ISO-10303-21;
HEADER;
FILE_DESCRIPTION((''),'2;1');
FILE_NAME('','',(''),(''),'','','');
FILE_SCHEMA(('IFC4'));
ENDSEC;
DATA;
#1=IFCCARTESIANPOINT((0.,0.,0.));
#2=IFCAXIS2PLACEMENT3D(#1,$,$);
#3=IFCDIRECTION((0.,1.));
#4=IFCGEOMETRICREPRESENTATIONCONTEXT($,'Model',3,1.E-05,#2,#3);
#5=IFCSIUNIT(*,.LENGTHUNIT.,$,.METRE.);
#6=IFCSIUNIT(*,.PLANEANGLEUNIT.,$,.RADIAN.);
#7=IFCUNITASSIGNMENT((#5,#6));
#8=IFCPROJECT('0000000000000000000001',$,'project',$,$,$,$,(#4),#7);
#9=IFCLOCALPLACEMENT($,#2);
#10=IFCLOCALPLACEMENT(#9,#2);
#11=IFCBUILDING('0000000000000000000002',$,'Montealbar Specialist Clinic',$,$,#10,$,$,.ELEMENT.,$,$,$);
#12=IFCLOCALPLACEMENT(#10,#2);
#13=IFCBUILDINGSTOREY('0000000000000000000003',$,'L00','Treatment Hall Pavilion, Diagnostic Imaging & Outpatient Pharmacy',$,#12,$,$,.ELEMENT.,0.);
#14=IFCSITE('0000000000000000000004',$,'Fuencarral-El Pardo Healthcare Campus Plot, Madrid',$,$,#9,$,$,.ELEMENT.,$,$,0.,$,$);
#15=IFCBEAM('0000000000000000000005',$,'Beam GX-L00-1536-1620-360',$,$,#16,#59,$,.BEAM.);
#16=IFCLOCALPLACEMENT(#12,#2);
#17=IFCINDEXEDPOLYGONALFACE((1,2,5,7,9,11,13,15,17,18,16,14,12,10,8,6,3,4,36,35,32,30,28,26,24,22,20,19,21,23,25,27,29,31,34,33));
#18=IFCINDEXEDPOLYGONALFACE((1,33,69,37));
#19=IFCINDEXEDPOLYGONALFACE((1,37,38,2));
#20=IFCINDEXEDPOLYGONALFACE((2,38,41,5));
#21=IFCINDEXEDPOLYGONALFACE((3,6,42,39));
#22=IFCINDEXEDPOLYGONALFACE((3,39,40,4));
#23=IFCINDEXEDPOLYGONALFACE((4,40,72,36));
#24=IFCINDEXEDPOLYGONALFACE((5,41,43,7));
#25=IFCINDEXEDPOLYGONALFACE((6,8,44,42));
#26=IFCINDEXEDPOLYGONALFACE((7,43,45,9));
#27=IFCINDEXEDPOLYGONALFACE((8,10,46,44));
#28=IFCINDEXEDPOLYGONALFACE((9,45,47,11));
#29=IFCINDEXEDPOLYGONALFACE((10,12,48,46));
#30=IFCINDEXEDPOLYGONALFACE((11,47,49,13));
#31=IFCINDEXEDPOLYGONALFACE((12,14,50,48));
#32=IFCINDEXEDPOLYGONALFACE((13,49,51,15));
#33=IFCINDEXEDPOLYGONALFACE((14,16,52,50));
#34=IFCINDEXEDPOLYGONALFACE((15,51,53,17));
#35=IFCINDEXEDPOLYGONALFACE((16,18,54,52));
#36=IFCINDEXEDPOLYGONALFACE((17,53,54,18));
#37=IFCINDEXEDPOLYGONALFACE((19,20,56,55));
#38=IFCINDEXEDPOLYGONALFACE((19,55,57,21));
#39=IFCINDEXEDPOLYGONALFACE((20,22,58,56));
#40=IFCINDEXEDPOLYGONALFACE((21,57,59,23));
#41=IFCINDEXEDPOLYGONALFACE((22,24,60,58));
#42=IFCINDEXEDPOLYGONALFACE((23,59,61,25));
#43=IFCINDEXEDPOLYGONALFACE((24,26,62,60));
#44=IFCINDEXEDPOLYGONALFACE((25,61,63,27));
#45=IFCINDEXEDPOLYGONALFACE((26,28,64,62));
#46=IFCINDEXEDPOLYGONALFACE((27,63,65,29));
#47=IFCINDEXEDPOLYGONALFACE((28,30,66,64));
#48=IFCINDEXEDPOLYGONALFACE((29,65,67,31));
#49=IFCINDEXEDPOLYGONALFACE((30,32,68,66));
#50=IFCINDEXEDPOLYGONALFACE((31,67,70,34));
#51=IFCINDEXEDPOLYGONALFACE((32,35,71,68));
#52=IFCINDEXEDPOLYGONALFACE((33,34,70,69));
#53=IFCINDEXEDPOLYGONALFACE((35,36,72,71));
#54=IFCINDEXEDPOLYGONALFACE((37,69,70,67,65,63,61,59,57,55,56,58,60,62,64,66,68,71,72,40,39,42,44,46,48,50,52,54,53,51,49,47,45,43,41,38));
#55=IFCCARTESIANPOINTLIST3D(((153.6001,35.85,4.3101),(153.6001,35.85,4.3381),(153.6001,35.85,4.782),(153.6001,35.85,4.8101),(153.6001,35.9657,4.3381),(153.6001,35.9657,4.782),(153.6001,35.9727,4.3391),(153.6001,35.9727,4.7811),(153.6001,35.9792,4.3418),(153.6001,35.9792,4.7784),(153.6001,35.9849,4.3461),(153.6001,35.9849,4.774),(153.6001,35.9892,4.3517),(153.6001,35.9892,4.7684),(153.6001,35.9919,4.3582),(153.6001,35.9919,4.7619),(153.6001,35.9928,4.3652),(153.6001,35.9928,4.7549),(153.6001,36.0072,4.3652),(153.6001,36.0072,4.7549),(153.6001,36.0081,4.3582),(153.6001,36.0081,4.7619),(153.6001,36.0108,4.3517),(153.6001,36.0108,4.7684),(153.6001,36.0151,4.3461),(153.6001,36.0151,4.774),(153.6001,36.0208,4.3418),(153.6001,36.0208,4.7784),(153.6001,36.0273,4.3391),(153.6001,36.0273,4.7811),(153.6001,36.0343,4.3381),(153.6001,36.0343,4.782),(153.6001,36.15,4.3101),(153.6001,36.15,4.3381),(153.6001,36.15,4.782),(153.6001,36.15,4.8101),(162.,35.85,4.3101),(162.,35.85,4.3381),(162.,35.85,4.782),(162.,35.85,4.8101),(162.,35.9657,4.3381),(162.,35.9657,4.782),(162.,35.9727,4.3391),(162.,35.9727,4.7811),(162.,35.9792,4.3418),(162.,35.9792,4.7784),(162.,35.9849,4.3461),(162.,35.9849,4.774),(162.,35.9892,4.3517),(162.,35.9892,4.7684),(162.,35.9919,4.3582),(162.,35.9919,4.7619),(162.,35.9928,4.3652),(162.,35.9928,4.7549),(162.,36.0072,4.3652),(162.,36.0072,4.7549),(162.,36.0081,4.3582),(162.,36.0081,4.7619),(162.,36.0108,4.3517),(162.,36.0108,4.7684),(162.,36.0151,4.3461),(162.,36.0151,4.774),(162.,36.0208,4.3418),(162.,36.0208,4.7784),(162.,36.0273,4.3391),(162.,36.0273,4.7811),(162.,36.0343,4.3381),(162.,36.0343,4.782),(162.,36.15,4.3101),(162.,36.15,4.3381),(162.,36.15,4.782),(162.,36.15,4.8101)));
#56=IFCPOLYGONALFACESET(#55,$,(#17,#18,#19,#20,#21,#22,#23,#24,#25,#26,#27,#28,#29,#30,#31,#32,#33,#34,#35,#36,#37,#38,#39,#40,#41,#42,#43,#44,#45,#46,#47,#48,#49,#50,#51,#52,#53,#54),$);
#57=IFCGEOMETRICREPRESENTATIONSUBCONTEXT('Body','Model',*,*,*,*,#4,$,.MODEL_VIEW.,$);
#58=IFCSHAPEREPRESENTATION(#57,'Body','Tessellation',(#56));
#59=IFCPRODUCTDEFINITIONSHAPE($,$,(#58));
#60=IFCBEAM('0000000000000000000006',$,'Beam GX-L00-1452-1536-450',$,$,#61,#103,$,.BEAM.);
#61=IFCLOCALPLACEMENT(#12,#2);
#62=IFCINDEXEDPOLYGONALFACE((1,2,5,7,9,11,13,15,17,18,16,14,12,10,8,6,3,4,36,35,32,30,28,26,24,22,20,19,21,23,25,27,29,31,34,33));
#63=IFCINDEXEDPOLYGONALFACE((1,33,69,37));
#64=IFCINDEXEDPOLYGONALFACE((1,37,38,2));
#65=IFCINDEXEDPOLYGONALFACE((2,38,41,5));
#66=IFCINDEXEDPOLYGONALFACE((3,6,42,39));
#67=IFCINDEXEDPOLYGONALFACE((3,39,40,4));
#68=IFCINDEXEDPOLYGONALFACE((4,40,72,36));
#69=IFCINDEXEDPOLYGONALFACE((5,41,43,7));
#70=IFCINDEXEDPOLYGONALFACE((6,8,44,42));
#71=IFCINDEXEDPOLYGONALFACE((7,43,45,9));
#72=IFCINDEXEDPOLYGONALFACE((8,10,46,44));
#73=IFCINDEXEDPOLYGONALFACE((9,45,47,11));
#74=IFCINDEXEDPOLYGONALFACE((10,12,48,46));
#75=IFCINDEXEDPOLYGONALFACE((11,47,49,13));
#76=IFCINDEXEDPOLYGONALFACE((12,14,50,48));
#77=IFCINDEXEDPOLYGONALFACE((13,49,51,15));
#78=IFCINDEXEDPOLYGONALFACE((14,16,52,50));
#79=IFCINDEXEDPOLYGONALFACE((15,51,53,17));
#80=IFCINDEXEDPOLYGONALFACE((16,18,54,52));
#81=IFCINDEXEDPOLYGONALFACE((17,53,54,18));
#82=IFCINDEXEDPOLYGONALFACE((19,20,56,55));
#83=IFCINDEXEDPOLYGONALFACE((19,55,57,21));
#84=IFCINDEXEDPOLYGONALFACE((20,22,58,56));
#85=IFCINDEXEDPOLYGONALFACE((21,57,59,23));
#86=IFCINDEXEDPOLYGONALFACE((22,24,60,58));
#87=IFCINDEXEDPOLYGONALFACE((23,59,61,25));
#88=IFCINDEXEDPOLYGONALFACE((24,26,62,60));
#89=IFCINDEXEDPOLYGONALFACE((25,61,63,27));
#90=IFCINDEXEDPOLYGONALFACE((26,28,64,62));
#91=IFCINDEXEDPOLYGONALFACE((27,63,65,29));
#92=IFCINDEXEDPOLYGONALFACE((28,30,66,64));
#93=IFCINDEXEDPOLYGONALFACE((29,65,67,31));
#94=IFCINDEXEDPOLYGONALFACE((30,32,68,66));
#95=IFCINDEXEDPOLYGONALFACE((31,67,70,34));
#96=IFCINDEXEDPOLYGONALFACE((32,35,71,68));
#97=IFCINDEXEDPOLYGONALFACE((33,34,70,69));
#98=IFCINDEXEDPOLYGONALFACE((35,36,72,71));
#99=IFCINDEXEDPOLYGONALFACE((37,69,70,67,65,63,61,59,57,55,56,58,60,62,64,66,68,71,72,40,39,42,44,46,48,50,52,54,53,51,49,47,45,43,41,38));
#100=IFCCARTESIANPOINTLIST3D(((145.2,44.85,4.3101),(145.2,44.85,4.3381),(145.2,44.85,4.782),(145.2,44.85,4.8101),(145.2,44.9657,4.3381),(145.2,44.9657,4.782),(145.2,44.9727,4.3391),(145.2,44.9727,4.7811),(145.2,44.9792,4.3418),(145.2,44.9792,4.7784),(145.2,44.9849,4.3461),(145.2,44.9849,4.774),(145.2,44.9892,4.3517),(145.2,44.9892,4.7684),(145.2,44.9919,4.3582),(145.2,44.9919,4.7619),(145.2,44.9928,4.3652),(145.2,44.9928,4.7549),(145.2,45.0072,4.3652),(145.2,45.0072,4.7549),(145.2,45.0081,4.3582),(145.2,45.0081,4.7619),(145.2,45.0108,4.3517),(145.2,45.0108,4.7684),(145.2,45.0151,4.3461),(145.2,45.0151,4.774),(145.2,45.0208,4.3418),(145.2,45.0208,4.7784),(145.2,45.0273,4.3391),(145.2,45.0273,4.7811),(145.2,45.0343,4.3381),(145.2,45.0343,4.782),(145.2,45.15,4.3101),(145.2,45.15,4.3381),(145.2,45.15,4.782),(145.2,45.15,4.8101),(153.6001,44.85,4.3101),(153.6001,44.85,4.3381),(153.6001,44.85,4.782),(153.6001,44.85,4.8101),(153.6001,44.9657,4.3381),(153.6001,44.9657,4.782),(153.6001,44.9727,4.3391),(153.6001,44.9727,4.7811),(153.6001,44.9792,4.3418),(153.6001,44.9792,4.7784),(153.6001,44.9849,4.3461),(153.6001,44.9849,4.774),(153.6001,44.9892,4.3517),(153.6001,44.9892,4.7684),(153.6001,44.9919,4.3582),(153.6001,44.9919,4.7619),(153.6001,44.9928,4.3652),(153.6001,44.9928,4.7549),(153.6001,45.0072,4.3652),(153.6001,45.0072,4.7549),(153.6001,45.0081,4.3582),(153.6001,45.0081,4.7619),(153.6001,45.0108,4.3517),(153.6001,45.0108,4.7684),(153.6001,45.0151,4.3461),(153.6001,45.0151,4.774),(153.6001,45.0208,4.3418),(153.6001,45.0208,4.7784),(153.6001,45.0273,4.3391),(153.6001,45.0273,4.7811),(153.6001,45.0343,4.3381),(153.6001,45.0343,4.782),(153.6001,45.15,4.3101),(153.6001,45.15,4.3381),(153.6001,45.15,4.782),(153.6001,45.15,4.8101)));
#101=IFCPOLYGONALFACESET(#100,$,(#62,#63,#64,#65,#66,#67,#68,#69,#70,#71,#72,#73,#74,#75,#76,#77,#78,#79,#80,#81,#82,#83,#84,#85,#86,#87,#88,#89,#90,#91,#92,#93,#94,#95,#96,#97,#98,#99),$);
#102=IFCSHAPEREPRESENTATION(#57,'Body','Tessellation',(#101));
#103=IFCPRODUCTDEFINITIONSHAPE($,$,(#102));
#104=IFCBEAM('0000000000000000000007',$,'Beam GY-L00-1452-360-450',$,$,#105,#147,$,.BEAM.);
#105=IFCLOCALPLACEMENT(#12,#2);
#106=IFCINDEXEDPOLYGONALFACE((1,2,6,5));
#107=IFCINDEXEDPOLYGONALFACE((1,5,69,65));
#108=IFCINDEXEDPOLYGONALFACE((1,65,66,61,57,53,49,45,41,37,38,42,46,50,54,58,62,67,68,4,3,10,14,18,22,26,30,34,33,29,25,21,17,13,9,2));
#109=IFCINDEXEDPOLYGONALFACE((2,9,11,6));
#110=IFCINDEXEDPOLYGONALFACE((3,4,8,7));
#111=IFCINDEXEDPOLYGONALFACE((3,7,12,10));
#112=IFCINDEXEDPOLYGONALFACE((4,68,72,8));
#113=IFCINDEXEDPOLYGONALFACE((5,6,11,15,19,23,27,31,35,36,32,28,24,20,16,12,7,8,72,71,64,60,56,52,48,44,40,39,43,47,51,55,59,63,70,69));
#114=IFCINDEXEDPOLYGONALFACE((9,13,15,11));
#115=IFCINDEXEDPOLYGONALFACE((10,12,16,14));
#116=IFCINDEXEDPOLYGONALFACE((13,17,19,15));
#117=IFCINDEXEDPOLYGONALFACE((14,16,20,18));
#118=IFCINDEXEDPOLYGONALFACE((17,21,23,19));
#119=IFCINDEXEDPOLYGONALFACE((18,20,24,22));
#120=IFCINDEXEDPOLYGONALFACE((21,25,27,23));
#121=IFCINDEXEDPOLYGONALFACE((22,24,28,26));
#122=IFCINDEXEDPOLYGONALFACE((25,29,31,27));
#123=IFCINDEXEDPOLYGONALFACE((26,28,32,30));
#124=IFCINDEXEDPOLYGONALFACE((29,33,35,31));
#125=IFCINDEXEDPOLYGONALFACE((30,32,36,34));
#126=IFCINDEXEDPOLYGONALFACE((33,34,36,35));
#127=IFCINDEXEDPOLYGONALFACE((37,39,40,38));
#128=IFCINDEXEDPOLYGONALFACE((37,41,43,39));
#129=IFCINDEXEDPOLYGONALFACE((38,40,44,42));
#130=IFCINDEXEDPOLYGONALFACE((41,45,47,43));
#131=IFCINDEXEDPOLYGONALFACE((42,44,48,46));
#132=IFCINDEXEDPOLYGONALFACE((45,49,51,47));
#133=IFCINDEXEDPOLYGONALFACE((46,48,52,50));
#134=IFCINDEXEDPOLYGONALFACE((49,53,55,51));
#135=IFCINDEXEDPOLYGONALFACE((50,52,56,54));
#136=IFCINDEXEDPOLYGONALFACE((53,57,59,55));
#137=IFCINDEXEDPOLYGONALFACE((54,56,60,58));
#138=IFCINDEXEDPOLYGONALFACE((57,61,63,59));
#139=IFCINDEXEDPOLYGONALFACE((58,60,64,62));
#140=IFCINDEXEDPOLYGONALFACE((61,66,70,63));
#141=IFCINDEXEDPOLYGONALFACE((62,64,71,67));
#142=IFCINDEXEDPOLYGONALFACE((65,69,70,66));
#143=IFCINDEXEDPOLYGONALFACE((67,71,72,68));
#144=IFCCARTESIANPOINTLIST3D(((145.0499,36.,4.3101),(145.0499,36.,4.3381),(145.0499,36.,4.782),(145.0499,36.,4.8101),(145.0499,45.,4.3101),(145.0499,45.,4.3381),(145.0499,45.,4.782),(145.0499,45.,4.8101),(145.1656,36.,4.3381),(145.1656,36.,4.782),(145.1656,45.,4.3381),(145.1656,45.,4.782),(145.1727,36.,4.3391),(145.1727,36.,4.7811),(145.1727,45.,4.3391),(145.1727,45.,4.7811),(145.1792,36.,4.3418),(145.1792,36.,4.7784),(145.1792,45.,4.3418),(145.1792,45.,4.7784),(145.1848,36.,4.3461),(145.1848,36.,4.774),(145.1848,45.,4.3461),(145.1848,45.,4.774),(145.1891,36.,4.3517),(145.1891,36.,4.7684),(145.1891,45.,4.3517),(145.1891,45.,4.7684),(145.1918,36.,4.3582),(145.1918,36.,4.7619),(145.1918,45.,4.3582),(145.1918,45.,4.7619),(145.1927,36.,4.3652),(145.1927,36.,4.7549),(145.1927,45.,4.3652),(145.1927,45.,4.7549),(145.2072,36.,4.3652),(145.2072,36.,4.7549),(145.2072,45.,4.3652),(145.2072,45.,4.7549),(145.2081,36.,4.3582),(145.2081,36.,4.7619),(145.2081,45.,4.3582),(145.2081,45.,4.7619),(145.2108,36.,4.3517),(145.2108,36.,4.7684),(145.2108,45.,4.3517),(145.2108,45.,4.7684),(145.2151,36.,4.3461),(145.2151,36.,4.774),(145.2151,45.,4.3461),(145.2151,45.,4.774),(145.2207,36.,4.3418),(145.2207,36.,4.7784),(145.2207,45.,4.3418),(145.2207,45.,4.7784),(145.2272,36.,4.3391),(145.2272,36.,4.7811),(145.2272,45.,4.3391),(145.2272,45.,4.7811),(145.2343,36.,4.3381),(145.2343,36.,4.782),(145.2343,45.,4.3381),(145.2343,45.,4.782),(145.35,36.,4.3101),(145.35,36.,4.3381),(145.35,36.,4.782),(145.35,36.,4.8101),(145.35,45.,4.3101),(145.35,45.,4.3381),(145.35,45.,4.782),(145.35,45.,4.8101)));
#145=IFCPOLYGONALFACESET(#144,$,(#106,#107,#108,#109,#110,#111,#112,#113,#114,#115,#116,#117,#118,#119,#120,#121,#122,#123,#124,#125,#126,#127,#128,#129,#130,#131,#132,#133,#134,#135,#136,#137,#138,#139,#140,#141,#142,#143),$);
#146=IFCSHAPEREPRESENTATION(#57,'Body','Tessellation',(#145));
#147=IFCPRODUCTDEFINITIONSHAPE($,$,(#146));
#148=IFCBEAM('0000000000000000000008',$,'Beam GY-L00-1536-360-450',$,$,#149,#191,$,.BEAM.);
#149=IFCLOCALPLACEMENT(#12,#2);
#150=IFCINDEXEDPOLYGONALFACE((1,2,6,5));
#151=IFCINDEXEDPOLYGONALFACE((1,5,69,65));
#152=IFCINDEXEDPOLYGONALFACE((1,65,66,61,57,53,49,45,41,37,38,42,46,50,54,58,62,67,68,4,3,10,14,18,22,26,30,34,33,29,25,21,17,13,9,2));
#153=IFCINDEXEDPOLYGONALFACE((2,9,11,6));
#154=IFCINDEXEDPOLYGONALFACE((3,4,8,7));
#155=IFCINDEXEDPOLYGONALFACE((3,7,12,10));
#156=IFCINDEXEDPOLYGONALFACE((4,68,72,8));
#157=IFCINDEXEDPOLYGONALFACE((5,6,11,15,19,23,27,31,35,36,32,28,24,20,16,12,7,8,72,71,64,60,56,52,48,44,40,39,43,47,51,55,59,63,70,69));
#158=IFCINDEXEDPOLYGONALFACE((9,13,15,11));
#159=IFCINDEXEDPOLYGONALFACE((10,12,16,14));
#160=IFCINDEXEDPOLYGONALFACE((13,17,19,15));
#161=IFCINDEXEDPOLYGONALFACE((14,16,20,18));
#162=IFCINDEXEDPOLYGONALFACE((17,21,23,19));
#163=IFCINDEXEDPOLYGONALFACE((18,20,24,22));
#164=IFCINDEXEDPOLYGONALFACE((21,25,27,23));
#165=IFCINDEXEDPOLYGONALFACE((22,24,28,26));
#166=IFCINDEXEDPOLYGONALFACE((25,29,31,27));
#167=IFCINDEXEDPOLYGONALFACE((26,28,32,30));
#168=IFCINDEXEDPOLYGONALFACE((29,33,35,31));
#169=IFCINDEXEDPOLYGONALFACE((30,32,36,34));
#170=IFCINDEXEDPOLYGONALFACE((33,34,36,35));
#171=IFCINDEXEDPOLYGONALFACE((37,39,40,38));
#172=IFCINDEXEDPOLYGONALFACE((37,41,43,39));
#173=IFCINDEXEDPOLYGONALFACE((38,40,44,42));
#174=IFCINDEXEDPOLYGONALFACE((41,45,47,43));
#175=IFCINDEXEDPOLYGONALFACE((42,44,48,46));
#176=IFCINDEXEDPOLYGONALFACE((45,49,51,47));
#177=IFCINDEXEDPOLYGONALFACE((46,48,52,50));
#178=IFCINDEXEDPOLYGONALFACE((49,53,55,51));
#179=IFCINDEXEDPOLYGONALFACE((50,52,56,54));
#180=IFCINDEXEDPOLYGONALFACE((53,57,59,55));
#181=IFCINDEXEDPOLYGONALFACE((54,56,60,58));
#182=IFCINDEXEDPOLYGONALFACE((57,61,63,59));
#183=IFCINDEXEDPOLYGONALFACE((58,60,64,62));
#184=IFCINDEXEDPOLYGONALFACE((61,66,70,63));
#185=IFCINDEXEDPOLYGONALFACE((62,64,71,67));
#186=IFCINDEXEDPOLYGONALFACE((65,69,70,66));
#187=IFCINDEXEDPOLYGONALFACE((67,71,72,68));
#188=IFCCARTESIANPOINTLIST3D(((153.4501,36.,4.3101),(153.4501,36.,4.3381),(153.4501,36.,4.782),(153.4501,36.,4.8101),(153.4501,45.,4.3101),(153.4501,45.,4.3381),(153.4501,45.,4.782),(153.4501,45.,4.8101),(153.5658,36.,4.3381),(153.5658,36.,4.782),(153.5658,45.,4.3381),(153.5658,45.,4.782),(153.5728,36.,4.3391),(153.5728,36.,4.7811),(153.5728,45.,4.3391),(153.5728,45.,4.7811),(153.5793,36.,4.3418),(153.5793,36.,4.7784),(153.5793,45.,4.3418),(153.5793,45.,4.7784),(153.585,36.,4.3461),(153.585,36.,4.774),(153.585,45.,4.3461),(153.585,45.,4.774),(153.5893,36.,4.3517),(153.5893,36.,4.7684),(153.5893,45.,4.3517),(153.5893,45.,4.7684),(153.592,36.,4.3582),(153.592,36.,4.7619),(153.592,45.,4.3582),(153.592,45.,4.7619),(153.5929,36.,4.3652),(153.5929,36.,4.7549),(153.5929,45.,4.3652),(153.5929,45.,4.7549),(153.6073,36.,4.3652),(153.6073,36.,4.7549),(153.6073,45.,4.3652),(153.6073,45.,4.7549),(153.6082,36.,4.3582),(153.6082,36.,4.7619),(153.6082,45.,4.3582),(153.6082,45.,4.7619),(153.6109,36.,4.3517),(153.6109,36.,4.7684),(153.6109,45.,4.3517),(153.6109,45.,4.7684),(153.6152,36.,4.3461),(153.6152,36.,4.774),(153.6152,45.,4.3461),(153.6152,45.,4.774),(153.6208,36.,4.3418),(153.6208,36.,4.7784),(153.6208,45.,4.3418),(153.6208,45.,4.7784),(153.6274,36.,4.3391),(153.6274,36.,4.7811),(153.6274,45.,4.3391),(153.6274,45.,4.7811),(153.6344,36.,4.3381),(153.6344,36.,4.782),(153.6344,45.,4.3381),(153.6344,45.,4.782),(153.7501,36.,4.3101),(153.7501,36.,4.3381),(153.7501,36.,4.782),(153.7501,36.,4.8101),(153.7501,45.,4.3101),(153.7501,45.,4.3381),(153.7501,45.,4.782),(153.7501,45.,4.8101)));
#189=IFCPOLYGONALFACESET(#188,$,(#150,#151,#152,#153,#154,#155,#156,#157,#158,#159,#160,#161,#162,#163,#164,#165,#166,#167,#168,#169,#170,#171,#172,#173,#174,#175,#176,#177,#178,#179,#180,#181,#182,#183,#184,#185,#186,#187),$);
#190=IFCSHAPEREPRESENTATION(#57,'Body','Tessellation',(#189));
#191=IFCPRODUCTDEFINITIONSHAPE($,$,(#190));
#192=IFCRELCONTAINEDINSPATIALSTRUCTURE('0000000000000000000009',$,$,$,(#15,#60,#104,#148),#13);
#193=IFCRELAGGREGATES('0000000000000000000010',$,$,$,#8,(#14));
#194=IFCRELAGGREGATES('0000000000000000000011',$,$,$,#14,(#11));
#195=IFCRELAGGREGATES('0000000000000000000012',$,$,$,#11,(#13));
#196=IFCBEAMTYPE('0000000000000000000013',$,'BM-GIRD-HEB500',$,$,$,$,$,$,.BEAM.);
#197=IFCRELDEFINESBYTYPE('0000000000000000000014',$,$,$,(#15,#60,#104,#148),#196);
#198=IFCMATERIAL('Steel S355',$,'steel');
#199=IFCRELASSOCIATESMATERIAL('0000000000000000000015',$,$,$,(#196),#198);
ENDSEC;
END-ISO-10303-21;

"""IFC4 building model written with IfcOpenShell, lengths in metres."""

from ifc_helpers import new_model, si_unit, direction, frame, origin, origin_2d, place, context, subcontext, project, spatial, i_section, extrude, material, material_profile, profile_set, type_object, element, save


model = new_model("IFC4")

# Units and contexts
model_context = context("Model", 3, precision=1e-05, world=origin(), true_north=direction((0.0, 1.0)))
body_context = subcontext(model_context, "Body", "Model", "MODEL_VIEW")
ifc_project = project(units=[si_unit("LENGTHUNIT", "METRE"), si_unit("PLANEANGLEUNIT", "RADIAN")], contexts=[model_context])

# Site, building, storey
site_placement = place(None, origin())
site = spatial("IfcSite", under=ifc_project, at=site_placement, Name="Fuencarral-El Pardo Healthcare Campus Plot, Madrid", CompositionType="ELEMENT", RefElevation=0.0)
building_placement = place(site_placement, origin())
building = spatial("IfcBuilding", under=site, at=building_placement, Name="Montealbar Specialist Clinic", CompositionType="ELEMENT")
storey_placement = place(building_placement, origin())
storey = spatial("IfcBuildingStorey", under=building, at=storey_placement, Name="L00", Description="Treatment Hall Pavilion, Diagnostic Imaging & Outpatient Pharmacy", CompositionType="ELEMENT", Elevation=0.0)

# Shared definitions
ifc_material_1 = material(Name="Steel S355", Category="steel")

# Beams
ifc_material_profile_1 = material_profile(ifc_material_1, i_section(OverallWidth=0.3, OverallDepth=0.5, WebThickness=0.0144, FlangeThickness=0.0281, FilletRadius=0.0271, at=origin_2d()), Name="HEB 500", Category="steel")
ifc_profile_set_1 = profile_set([ifc_material_profile_1], Name="Steel S355")
beam_type_1 = type_object("IfcBeamType", Name="BM-GIRD-HEB500", PredefinedType="BEAM", material=ifc_profile_set_1)
beam_1_placement = place(storey_placement, frame((153.6001, 36.0, 4.5601), z_axis=(1.0, 0.0, 0.0), x_axis=(0.0, 1.0, 0.0)))
element("IfcBeam", 1, at=beam_1_placement, inside=storey, type_object=beam_type_1, Name="Beam GX-L00-1536-1620-360", PredefinedType="BEAM", context=body_context, shape_type="SweptSolid", body=[
    extrude(i_section(OverallWidth=0.3, OverallDepth=0.5, WebThickness=0.0144, FlangeThickness=0.0281, FilletRadius=0.0271, at=origin_2d()), origin(), (0.0, 0.0, 1.0), 8.3999),
])
beam_2_placement = place(storey_placement, frame((145.2, 45.0, 4.5601), z_axis=(1.0, 0.0, 0.0), x_axis=(0.0, 1.0, 0.0)))
element("IfcBeam", 2, at=beam_2_placement, inside=storey, type_object=beam_type_1, Name="Beam GX-L00-1452-1536-450", PredefinedType="BEAM", context=body_context, shape_type="SweptSolid", body=[
    extrude(i_section(OverallWidth=0.3, OverallDepth=0.5, WebThickness=0.0144, FlangeThickness=0.0281, FilletRadius=0.0271, at=origin_2d()), origin(), (0.0, 0.0, 1.0), 8.4001),
])
for number, where, z_axis, x_axis, name in (
    (3, (145.2, 36.0, 4.5601), (0.0, 1.0, 0.0), (-1.0, 0.0, 0.0), "Beam GY-L00-1452-360-450"),
    (4, (153.6001, 36.0, 4.5601), (0.0, 1.0, 0.0), (-1.0, 0.0, 0.0), "Beam GY-L00-1536-360-450"),
):
    element("IfcBeam", number, at=place(storey_placement, frame(where, z_axis=z_axis, x_axis=x_axis)), inside=storey, type_object=beam_type_1, Name=name, PredefinedType="BEAM", context=body_context, shape_type="SweptSolid", body=[
        extrude(i_section(OverallWidth=0.3, OverallDepth=0.5, WebThickness=0.0144, FlangeThickness=0.0281, FilletRadius=0.0271, at=origin_2d()), origin(), (0.0, 0.0, 1.0), 9.0),
    ])

save(model, "model.ifc")
